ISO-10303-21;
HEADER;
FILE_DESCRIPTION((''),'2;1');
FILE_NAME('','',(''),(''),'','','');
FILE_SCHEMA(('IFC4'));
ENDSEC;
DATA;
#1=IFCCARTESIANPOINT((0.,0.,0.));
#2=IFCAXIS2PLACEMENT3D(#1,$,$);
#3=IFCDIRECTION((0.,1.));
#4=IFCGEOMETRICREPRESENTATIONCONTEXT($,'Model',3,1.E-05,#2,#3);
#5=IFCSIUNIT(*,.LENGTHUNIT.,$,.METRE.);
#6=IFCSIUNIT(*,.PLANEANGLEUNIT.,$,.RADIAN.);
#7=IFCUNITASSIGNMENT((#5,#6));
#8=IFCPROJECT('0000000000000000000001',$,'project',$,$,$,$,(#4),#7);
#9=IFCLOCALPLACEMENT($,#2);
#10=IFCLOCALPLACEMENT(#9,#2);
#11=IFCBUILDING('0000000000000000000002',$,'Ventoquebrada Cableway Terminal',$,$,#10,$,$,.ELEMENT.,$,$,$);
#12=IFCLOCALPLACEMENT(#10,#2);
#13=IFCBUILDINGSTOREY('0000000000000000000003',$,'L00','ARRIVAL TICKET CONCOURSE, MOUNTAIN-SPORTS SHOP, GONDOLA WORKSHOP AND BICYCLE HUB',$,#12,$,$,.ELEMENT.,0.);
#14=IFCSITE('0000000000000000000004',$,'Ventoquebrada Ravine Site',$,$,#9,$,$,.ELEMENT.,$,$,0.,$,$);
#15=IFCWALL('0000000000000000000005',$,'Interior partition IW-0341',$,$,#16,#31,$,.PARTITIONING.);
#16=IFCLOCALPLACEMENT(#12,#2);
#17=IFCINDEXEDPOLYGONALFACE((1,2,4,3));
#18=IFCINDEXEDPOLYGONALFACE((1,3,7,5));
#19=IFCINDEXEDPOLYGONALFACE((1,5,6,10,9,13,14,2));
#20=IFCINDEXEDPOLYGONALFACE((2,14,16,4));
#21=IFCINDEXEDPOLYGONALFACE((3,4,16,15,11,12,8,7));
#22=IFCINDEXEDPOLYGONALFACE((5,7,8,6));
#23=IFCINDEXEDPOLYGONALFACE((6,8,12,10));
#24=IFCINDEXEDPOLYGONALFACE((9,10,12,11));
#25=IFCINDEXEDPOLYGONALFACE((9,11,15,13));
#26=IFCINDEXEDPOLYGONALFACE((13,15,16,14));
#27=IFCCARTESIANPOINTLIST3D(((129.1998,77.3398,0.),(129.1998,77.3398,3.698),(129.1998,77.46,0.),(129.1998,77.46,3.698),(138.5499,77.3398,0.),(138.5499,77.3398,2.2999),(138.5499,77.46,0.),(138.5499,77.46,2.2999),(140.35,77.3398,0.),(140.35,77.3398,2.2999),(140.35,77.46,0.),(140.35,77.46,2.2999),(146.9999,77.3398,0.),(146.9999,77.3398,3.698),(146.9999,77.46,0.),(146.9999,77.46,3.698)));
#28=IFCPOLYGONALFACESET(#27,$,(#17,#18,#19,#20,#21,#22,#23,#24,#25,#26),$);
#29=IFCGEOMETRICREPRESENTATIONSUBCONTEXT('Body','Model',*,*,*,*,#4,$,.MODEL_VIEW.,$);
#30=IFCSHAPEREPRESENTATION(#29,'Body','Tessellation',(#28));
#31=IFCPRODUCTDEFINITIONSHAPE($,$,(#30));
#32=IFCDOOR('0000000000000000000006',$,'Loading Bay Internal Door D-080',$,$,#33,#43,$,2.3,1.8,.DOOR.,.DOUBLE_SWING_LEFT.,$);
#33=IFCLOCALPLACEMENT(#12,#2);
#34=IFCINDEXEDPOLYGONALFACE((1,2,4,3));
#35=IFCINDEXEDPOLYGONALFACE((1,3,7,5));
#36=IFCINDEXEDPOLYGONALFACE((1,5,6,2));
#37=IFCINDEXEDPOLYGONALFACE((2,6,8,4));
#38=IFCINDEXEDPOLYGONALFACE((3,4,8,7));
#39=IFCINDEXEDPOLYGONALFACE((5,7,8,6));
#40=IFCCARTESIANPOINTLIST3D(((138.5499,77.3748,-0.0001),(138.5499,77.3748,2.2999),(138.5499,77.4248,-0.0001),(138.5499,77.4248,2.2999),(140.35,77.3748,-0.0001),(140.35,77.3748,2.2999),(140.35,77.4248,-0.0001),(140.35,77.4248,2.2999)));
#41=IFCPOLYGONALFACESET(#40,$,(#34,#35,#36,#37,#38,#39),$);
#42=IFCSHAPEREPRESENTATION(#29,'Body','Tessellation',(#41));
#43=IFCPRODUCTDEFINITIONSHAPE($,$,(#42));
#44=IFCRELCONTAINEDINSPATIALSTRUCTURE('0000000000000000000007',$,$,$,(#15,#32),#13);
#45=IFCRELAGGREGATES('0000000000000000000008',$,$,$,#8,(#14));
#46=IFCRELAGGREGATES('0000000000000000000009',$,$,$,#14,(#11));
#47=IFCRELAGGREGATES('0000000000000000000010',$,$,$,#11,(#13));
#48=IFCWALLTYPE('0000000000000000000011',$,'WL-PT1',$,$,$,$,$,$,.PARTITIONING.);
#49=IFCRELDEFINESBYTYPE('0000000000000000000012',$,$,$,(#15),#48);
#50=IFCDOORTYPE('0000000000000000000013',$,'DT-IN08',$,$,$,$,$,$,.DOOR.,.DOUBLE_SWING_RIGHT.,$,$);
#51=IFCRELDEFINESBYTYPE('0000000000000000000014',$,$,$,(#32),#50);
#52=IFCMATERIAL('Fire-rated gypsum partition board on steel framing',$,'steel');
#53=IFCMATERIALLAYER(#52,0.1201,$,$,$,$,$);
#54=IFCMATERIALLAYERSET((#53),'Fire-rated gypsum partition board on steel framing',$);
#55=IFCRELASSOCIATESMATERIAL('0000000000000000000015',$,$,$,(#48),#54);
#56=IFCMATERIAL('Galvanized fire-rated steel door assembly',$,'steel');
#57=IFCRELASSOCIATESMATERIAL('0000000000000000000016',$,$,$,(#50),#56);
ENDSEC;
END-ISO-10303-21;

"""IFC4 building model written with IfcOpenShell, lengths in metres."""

from ifc_helpers import new_model, si_unit, direction, frame, frame_2d, origin, place, context, subcontext, project, spatial, rectangle, extrude, material, layer, layer_set, type_object, element, fill, save


model = new_model("IFC4")

# Units and contexts
model_context = context("Model", 3, precision=1e-05, world=origin(), true_north=direction((0.0, 1.0)))
body_context = subcontext(model_context, "Body", "Model", "MODEL_VIEW")
ifc_project = project(units=[si_unit("LENGTHUNIT", "METRE"), si_unit("PLANEANGLEUNIT", "RADIAN")], contexts=[model_context])

# Site, building, storey
site_placement = place(None, origin())
site = spatial("IfcSite", under=ifc_project, at=site_placement, Name="Ventoquebrada Ravine Site", CompositionType="ELEMENT", RefElevation=0.0)
building_placement = place(site_placement, origin())
building = spatial("IfcBuilding", under=site, at=building_placement, Name="Ventoquebrada Cableway Terminal", CompositionType="ELEMENT")
storey_placement = place(building_placement, origin())
storey = spatial("IfcBuildingStorey", under=building, at=storey_placement, Name="L00", Description="ARRIVAL TICKET CONCOURSE, MOUNTAIN-SPORTS SHOP, GONDOLA WORKSHOP AND BICYCLE HUB", CompositionType="ELEMENT", Elevation=0.0)

# Wall, opening, door
ifc_material_1 = material(Name="Fire-rated gypsum partition board on steel framing", Category="steel")
ifc_layer_1 = layer(ifc_material_1, 0.1201)
ifc_layer_set_1 = layer_set([ifc_layer_1], Name="Fire-rated gypsum partition board on steel framing")
wall_type_1 = type_object("IfcWallType", Name="WL-PT1", PredefinedType="PARTITIONING", material=ifc_layer_set_1)
wall_1_placement = place(storey_placement, frame((129.2, 77.3999, 0.0), z_axis=(0.0, 0.0, 1.0), x_axis=(1.0, 0.0, 0.0)))
wall_1 = element("IfcWall", 1, at=wall_1_placement, inside=storey, type_object=wall_type_1, Name="Interior partition IW-0341", PredefinedType="PARTITIONING", context=body_context, shape_type="SweptSolid", body=[
    extrude(rectangle(XDim=17.8, YDim=0.1201, at=frame_2d((8.8999, 0.0))), origin(), (0.0, 0.0, 1.0), 3.698),
])
opening_1_placement = place(wall_1_placement, frame((9.3501, 0.0, 0.0)))
opening_1 = element("IfcOpeningElement", 2, at=opening_1_placement, cuts=wall_1, PredefinedType="OPENING", context=body_context, shape_type="SweptSolid", body=[
    extrude(rectangle(XDim=1.8, YDim=2.3, at=frame_2d((0.8999, 1.1499))), frame((0.0, 0.0701, 0.0), z_axis=(0.0, -1.0, 0.0), x_axis=(1.0, 0.0, 0.0)), (0.0, 0.0, 1.0), 0.1401),
])
ifc_material_2 = material(Name="Galvanized fire-rated steel door assembly", Category="steel")
door_type_1 = type_object("IfcDoorType", Name="DT-IN08", OperationType="DOUBLE_SWING_RIGHT", PredefinedType="DOOR", material=ifc_material_2)
door_1_placement = place(opening_1_placement, origin())
door_1 = element("IfcDoor", 3, at=door_1_placement, inside=storey, type_object=door_type_1, Name="Loading Bay Internal Door D-080", OperationType="DOUBLE_SWING_LEFT", OverallHeight=2.3, OverallWidth=1.8, PredefinedType="DOOR", context=body_context, shape_type="SweptSolid", body=[
    extrude(rectangle(XDim=1.8, YDim=2.3, at=frame_2d((0.8999, 1.1499))), frame((0.0, 0.0249, 0.0), z_axis=(0.0, -1.0, 0.0), x_axis=(1.0, 0.0, 0.0)), (0.0, 0.0, 1.0), 0.05),
])
fill(opening_1, door_1)

save(model, "model.ifc")
